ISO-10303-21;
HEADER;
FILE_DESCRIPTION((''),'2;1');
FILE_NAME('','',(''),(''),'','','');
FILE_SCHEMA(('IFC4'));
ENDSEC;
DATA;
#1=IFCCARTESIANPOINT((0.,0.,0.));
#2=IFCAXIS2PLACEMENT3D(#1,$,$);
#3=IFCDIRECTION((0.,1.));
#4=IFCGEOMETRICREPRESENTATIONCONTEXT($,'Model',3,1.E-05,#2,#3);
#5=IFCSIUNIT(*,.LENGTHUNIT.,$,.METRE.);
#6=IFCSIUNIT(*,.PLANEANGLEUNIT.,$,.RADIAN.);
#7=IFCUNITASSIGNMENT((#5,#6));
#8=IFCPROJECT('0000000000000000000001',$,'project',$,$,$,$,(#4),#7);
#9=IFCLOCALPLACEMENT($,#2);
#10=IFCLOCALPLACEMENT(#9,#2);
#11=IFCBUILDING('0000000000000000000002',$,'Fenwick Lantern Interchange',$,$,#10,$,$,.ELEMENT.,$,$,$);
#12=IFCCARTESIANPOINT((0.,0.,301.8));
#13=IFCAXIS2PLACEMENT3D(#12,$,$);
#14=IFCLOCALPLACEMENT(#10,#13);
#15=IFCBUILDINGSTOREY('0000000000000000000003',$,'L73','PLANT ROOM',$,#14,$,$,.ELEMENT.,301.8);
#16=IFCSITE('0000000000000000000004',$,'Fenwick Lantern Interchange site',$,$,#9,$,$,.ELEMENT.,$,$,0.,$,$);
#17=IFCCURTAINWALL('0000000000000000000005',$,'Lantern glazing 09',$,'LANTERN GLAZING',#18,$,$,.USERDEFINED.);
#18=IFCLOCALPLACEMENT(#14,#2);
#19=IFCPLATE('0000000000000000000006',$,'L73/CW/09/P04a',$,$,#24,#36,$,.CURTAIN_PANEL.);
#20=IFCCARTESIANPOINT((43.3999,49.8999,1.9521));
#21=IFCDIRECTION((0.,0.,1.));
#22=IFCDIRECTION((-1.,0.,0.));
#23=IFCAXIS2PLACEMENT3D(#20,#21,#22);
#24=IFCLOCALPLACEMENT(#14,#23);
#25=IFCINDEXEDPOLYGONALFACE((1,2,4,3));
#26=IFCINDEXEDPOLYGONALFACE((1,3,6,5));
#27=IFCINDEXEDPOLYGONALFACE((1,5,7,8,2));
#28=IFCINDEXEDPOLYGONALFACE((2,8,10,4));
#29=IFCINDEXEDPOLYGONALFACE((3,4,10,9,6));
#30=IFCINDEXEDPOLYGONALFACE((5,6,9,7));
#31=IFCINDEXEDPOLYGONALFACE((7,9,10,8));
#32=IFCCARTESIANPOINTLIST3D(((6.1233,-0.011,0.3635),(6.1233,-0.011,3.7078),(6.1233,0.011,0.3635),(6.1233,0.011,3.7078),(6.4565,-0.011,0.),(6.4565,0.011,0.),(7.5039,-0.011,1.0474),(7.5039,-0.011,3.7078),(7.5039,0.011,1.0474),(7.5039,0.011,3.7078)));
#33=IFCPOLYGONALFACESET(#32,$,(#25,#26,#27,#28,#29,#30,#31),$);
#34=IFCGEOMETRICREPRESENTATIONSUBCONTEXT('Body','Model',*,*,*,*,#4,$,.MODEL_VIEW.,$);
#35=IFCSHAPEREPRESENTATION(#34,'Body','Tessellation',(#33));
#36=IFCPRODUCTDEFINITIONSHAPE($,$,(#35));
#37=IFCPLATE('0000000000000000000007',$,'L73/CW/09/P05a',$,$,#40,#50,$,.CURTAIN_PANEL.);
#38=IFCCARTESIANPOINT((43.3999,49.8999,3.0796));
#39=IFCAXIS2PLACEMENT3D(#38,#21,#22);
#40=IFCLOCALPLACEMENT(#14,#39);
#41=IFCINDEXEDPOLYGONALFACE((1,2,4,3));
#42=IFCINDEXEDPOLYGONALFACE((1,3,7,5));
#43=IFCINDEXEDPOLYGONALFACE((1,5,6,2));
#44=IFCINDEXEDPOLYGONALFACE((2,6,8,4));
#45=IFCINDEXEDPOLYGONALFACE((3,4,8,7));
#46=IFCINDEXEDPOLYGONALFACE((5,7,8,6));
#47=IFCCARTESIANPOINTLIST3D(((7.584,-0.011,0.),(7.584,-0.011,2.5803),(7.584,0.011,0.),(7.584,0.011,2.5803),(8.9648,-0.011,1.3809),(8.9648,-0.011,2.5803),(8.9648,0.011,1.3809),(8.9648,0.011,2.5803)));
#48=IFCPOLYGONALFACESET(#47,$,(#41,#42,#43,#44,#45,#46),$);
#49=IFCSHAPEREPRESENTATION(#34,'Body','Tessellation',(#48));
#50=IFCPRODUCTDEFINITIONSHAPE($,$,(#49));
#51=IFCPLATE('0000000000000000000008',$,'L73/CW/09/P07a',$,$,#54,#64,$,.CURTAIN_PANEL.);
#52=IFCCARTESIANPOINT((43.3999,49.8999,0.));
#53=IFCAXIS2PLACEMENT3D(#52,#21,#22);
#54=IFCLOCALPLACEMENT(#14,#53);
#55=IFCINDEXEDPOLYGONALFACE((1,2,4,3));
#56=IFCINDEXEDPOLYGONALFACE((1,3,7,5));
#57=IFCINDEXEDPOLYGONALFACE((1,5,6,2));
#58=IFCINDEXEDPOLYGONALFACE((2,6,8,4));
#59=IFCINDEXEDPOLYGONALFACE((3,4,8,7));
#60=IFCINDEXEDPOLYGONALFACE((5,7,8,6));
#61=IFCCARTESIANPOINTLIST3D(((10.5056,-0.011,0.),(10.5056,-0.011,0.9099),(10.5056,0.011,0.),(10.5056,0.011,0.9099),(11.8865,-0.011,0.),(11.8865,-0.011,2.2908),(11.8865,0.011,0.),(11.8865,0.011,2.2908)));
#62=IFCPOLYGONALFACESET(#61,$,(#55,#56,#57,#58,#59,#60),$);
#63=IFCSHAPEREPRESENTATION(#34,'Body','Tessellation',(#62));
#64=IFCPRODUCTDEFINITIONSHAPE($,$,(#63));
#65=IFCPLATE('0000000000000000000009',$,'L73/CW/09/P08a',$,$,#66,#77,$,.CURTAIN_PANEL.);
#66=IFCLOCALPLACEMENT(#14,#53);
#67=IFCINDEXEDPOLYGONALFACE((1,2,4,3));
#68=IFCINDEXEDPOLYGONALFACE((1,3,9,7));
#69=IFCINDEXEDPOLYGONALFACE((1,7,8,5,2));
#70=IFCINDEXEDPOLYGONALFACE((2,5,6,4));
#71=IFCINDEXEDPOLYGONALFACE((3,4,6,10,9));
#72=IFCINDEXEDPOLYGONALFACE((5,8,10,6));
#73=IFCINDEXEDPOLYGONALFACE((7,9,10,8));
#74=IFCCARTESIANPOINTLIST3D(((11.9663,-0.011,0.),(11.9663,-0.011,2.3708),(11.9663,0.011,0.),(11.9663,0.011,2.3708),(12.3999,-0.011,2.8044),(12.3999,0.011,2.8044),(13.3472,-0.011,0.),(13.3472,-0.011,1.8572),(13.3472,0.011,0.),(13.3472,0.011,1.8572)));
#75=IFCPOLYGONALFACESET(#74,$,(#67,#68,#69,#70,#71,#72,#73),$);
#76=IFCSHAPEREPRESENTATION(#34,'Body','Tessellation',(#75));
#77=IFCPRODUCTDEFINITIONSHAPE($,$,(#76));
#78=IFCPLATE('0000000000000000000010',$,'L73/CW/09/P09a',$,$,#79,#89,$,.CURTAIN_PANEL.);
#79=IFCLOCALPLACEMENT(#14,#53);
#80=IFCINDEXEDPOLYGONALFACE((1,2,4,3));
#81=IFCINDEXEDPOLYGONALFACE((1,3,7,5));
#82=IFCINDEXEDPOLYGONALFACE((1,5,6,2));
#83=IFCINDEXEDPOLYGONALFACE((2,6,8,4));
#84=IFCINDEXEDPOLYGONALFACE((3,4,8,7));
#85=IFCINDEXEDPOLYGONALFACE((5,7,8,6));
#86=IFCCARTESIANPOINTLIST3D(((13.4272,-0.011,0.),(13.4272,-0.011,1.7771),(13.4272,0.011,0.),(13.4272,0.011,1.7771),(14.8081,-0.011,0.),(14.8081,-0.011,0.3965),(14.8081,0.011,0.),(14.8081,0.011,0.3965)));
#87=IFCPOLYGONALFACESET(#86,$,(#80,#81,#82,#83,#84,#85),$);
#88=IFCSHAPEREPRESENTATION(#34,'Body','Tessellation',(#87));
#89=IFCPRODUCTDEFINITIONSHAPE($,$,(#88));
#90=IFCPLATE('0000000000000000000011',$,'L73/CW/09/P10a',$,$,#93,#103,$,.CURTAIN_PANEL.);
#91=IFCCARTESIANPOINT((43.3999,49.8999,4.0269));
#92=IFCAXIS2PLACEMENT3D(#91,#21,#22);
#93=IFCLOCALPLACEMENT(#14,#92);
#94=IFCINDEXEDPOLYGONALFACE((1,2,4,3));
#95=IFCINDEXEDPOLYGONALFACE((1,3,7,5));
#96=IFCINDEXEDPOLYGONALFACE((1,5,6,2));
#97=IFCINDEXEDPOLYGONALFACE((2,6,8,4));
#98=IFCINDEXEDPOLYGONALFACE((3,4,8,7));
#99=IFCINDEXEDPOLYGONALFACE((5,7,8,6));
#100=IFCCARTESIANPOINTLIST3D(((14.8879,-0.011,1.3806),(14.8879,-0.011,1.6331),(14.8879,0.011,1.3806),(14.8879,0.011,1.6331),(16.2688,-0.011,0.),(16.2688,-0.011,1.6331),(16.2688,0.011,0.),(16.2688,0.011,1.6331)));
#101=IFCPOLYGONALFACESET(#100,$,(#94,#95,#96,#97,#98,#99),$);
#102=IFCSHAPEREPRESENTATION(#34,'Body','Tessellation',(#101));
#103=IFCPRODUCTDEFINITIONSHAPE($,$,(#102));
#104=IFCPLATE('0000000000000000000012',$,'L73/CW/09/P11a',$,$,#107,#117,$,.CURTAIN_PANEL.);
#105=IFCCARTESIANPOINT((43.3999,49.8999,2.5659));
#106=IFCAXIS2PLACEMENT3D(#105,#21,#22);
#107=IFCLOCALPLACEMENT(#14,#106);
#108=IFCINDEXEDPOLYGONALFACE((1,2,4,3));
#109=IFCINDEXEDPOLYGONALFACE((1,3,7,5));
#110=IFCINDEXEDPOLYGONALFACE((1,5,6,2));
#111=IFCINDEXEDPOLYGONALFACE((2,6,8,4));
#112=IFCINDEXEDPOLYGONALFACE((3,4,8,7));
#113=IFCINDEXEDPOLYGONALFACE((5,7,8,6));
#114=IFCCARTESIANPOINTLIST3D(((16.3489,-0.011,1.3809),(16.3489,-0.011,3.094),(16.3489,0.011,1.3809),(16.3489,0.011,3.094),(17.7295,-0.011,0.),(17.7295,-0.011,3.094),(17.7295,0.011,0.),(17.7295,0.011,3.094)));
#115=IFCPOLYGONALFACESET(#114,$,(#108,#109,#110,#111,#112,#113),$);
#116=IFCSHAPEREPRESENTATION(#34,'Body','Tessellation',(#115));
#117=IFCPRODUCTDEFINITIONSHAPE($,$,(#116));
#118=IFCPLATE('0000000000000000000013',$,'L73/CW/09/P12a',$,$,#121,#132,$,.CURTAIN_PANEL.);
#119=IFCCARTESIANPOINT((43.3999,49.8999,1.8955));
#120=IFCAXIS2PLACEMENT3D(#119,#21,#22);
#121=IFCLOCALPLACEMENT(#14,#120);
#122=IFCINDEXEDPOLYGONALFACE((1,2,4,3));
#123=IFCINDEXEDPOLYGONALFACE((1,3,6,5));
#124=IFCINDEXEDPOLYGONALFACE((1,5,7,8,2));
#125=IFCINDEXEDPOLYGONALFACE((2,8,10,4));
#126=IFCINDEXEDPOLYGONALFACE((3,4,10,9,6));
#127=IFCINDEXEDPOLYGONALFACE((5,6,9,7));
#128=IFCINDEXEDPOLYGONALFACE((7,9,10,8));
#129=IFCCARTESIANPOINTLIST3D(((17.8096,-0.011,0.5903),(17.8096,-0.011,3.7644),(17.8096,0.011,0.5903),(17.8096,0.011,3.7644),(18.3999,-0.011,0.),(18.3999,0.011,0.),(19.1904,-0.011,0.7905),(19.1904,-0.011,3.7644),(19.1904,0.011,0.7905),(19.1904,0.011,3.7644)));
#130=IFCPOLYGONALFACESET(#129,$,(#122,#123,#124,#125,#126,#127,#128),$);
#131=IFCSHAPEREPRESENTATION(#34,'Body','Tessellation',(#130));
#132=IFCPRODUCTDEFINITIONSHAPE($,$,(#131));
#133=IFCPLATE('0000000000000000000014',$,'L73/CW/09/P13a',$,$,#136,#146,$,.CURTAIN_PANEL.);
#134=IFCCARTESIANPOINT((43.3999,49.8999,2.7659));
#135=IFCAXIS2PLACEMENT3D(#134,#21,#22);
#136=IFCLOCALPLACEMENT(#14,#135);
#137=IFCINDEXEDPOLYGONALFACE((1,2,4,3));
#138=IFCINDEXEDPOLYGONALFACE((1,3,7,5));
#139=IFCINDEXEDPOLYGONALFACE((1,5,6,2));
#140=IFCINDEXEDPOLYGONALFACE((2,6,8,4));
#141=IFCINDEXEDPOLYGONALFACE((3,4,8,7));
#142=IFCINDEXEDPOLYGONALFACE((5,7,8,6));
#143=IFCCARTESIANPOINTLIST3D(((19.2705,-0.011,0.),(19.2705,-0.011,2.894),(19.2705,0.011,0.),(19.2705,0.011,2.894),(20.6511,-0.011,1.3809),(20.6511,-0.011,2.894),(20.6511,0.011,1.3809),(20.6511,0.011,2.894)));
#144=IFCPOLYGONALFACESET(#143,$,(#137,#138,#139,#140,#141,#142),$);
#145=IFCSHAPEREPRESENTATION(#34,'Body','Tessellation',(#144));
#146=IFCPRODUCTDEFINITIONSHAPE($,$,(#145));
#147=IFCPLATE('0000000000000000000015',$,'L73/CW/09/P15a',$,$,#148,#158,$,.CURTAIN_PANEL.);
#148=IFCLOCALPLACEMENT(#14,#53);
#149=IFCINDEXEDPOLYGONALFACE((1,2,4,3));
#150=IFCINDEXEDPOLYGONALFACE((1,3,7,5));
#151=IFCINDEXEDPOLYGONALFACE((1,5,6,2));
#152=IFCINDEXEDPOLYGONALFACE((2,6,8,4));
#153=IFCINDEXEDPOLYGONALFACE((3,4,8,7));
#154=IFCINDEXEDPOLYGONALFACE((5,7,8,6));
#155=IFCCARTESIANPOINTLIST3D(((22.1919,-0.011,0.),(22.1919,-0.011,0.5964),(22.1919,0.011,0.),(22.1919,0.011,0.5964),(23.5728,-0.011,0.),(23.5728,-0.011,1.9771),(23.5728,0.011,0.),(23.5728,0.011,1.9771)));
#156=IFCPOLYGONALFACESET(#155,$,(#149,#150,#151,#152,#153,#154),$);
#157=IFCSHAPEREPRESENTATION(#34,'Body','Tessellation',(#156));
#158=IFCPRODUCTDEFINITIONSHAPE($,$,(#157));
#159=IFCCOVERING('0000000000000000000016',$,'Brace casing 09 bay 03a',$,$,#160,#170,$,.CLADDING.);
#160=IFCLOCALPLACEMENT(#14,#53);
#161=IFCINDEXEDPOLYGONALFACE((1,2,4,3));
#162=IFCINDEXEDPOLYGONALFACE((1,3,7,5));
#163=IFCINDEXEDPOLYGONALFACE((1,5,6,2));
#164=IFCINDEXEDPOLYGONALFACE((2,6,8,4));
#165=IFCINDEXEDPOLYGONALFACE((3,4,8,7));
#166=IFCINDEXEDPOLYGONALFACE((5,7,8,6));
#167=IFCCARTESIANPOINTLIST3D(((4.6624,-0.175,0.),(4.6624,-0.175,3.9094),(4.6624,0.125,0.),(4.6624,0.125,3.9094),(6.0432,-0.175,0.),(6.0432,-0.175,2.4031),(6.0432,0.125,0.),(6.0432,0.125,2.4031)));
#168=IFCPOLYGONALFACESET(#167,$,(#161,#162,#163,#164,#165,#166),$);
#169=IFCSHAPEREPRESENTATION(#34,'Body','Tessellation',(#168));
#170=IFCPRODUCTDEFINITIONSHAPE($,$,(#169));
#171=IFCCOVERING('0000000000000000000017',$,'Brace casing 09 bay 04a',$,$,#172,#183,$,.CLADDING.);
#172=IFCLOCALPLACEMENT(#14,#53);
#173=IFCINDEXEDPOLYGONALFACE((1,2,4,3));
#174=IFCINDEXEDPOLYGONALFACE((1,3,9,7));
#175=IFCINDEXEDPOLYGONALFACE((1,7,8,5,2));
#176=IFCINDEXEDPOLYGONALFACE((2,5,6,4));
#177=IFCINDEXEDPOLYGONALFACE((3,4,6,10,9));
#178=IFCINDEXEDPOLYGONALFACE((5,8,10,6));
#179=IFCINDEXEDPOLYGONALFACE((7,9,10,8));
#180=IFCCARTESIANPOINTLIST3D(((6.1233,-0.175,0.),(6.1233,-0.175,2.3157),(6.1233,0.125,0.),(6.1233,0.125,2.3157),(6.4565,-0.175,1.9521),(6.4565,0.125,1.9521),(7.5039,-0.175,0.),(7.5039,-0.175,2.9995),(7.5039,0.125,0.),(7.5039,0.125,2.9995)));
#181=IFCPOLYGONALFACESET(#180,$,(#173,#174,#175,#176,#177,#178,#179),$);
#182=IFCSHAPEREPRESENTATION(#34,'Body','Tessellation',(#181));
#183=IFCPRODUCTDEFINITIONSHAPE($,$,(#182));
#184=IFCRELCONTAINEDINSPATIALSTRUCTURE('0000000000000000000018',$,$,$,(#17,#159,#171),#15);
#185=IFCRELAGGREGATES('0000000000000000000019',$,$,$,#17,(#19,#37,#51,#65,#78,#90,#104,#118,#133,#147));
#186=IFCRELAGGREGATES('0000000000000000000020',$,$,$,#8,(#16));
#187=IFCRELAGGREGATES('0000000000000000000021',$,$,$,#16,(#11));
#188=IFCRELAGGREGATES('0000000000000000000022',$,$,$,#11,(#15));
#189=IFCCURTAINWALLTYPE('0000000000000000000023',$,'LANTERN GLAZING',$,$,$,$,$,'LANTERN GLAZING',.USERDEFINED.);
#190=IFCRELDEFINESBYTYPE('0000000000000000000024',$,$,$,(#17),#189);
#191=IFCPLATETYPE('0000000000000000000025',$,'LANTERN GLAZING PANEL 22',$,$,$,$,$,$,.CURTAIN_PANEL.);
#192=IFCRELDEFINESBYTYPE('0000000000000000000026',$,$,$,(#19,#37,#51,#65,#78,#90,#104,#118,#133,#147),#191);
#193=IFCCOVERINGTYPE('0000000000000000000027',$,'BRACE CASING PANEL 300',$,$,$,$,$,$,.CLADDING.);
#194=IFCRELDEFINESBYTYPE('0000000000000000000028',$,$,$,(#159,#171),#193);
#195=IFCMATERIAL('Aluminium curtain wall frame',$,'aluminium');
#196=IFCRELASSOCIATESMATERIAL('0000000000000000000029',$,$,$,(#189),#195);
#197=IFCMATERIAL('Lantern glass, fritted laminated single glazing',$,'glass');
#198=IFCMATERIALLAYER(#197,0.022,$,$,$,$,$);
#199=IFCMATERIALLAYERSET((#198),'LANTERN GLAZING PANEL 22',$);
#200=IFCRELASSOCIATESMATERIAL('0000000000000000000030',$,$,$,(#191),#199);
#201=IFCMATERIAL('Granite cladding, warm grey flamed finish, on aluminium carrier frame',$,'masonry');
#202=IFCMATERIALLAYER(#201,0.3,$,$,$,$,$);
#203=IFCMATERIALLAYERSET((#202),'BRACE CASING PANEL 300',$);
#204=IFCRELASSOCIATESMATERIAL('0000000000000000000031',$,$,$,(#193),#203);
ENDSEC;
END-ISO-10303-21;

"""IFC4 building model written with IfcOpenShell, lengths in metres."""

from ifc_helpers import new_model, si_unit, direction, frame, origin, place, context, subcontext, project, spatial, polyline, outline, extrude, material, layer, layer_set, type_object, element, aggregate, save


model = new_model("IFC4")

# Units and contexts
model_context = context("Model", 3, precision=1e-05, world=origin(), true_north=direction((0.0, 1.0)))
body_context = subcontext(model_context, "Body", "Model", "MODEL_VIEW")
ifc_project = project(units=[si_unit("LENGTHUNIT", "METRE"), si_unit("PLANEANGLEUNIT", "RADIAN")], contexts=[model_context])

# Site, building, storey
site_placement = place(None, origin())
site = spatial("IfcSite", under=ifc_project, at=site_placement, Name="Fenwick Lantern Interchange site", CompositionType="ELEMENT", RefElevation=0.0)
building_placement = place(site_placement, origin())
building = spatial("IfcBuilding", under=site, at=building_placement, Name="Fenwick Lantern Interchange", CompositionType="ELEMENT")
storey_placement = place(building_placement, frame((0.0, 0.0, 301.8)))
storey = spatial("IfcBuildingStorey", under=building, at=storey_placement, Name="L73", Description="PLANT ROOM", CompositionType="ELEMENT", Elevation=301.8)

# Curtain wall, plates
ifc_material_1 = material(Name="Aluminium curtain wall frame", Category="aluminium")
curtain_wall_type = type_object("IfcCurtainWallType", Name="LANTERN GLAZING", ElementType="LANTERN GLAZING", PredefinedType="USERDEFINED", material=ifc_material_1)
curtain_wall_placement = place(storey_placement, origin())
curtain_wall = element("IfcCurtainWall", 1, at=curtain_wall_placement, inside=storey, type_object=curtain_wall_type, Name="Lantern glazing 09", ObjectType="LANTERN GLAZING", PredefinedType="USERDEFINED")
ifc_material_2 = material(Name="Lantern glass, fritted laminated single glazing", Category="glass")
ifc_layer_1 = layer(ifc_material_2, 0.022)
ifc_layer_set_1 = layer_set([ifc_layer_1], Name="LANTERN GLAZING PANEL 22")
plate_type = type_object("IfcPlateType", Name="LANTERN GLAZING PANEL 22", PredefinedType="CURTAIN_PANEL", material=ifc_layer_set_1)
plate_1_placement = place(storey_placement, frame((43.3999, 49.8999, 1.9521), z_axis=(0.0, 0.0, 1.0), x_axis=(-1.0, 0.0, 0.0)))
plate_1 = element("IfcPlate", 2, at=plate_1_placement, type_object=plate_type, Name="L73/CW/09/P04a", PredefinedType="CURTAIN_PANEL", context=body_context, shape_type="SweptSolid", body=[
    extrude(outline(polyline([(6.4565, 0.0), (7.5039, 1.0474), (7.5039, 3.7078), (6.1233, 3.7078), (6.1233, 0.3635), (6.4565, 0.0)])), frame((0.0, 0.011, 0.0), z_axis=(0.0, -1.0, 0.0), x_axis=(1.0, 0.0, 0.0)), (0.0, 0.0, 1.0), 0.022),
])
plate_2_placement = place(storey_placement, frame((43.3999, 49.8999, 3.0796), z_axis=(0.0, 0.0, 1.0), x_axis=(-1.0, 0.0, 0.0)))
plate_2 = element("IfcPlate", 3, at=plate_2_placement, type_object=plate_type, Name="L73/CW/09/P05a", PredefinedType="CURTAIN_PANEL", context=body_context, shape_type="SweptSolid", body=[
    extrude(outline(polyline([(7.584, 0.0), (8.9648, 1.3809), (8.9648, 2.5803), (7.584, 2.5803), (7.584, 0.0)])), frame((0.0, 0.011, 0.0), z_axis=(0.0, -1.0, 0.0), x_axis=(1.0, 0.0, 0.0)), (0.0, 0.0, 1.0), 0.022),
])
plate_3_placement = place(storey_placement, frame((43.3999, 49.8999, 0.0), z_axis=(0.0, 0.0, 1.0), x_axis=(-1.0, 0.0, 0.0)))
plate_3 = element("IfcPlate", 4, at=plate_3_placement, type_object=plate_type, Name="L73/CW/09/P07a", PredefinedType="CURTAIN_PANEL", context=body_context, shape_type="SweptSolid", body=[
    extrude(outline(polyline([(10.5056, 0.0), (11.8865, 0.0), (11.8865, 2.2908), (10.5056, 0.9099), (10.5056, 0.0)])), frame((0.0, 0.011, 0.0), z_axis=(0.0, -1.0, 0.0), x_axis=(1.0, 0.0, 0.0)), (0.0, 0.0, 1.0), 0.022),
])
plate_4_placement = place(storey_placement, frame((43.3999, 49.8999, 0.0), z_axis=(0.0, 0.0, 1.0), x_axis=(-1.0, 0.0, 0.0)))
plate_4 = element("IfcPlate", 5, at=plate_4_placement, type_object=plate_type, Name="L73/CW/09/P08a", PredefinedType="CURTAIN_PANEL", context=body_context, shape_type="SweptSolid", body=[
    extrude(outline(polyline([(11.9663, 0.0), (13.3472, 0.0), (13.3472, 1.8572), (12.3999, 2.8044), (11.9663, 2.3708), (11.9663, 0.0)])), frame((0.0, 0.011, 0.0), z_axis=(0.0, -1.0, 0.0), x_axis=(1.0, 0.0, 0.0)), (0.0, 0.0, 1.0), 0.022),
])
plate_5_placement = place(storey_placement, frame((43.3999, 49.8999, 0.0), z_axis=(0.0, 0.0, 1.0), x_axis=(-1.0, 0.0, 0.0)))
plate_5 = element("IfcPlate", 6, at=plate_5_placement, type_object=plate_type, Name="L73/CW/09/P09a", PredefinedType="CURTAIN_PANEL", context=body_context, shape_type="SweptSolid", body=[
    extrude(outline(polyline([(13.4272, 0.0), (14.8081, 0.0), (14.8081, 0.3965), (13.4272, 1.7771), (13.4272, 0.0)])), frame((0.0, 0.011, 0.0), z_axis=(0.0, -1.0, 0.0), x_axis=(1.0, 0.0, 0.0)), (0.0, 0.0, 1.0), 0.022),
])
plate_6_placement = place(storey_placement, frame((43.3999, 49.8999, 4.0269), z_axis=(0.0, 0.0, 1.0), x_axis=(-1.0, 0.0, 0.0)))
plate_6 = element("IfcPlate", 7, at=plate_6_placement, type_object=plate_type, Name="L73/CW/09/P10a", PredefinedType="CURTAIN_PANEL", context=body_context, shape_type="SweptSolid", body=[
    extrude(outline(polyline([(16.2688, 0.0), (16.2688, 1.6331), (14.8879, 1.6331), (14.8879, 1.3806), (16.2688, 0.0)])), frame((0.0, 0.011, 0.0), z_axis=(0.0, -1.0, 0.0), x_axis=(1.0, 0.0, 0.0)), (0.0, 0.0, 1.0), 0.022),
])
plate_7_placement = place(storey_placement, frame((43.3999, 49.8999, 2.5659), z_axis=(0.0, 0.0, 1.0), x_axis=(-1.0, 0.0, 0.0)))
plate_7 = element("IfcPlate", 8, at=plate_7_placement, type_object=plate_type, Name="L73/CW/09/P11a", PredefinedType="CURTAIN_PANEL", context=body_context, shape_type="SweptSolid", body=[
    extrude(outline(polyline([(17.7295, 0.0), (17.7295, 3.094), (16.3489, 3.094), (16.3489, 1.3809), (17.7295, 0.0)])), frame((0.0, 0.011, 0.0), z_axis=(0.0, -1.0, 0.0), x_axis=(1.0, 0.0, 0.0)), (0.0, 0.0, 1.0), 0.022),
])
plate_8_placement = place(storey_placement, frame((43.3999, 49.8999, 1.8955), z_axis=(0.0, 0.0, 1.0), x_axis=(-1.0, 0.0, 0.0)))
plate_8 = element("IfcPlate", 9, at=plate_8_placement, type_object=plate_type, Name="L73/CW/09/P12a", PredefinedType="CURTAIN_PANEL", context=body_context, shape_type="SweptSolid", body=[
    extrude(outline(polyline([(18.3999, 0.0), (19.1904, 0.7905), (19.1904, 3.7644), (17.8096, 3.7644), (17.8096, 0.5903), (18.3999, 0.0)])), frame((0.0, 0.011, 0.0), z_axis=(0.0, -1.0, 0.0), x_axis=(1.0, 0.0, 0.0)), (0.0, 0.0, 1.0), 0.022),
])
plate_9_placement = place(storey_placement, frame((43.3999, 49.8999, 2.7659), z_axis=(0.0, 0.0, 1.0), x_axis=(-1.0, 0.0, 0.0)))
plate_9 = element("IfcPlate", 10, at=plate_9_placement, type_object=plate_type, Name="L73/CW/09/P13a", PredefinedType="CURTAIN_PANEL", context=body_context, shape_type="SweptSolid", body=[
    extrude(outline(polyline([(19.2705, 0.0), (20.6511, 1.3809), (20.6511, 2.894), (19.2705, 2.894), (19.2705, 0.0)])), frame((0.0, 0.011, 0.0), z_axis=(0.0, -1.0, 0.0), x_axis=(1.0, 0.0, 0.0)), (0.0, 0.0, 1.0), 0.022),
])
plate_10_placement = place(storey_placement, frame((43.3999, 49.8999, 0.0), z_axis=(0.0, 0.0, 1.0), x_axis=(-1.0, 0.0, 0.0)))
plate_10 = element("IfcPlate", 11, at=plate_10_placement, type_object=plate_type, Name="L73/CW/09/P15a", PredefinedType="CURTAIN_PANEL", context=body_context, shape_type="SweptSolid", body=[
    extrude(outline(polyline([(22.1919, 0.0), (23.5728, 0.0), (23.5728, 1.9771), (22.1919, 0.5964), (22.1919, 0.0)])), frame((0.0, 0.011, 0.0), z_axis=(0.0, -1.0, 0.0), x_axis=(1.0, 0.0, 0.0)), (0.0, 0.0, 1.0), 0.022),
])
aggregate(curtain_wall, [plate_1, plate_2, plate_3, plate_4, plate_5, plate_6, plate_7, plate_8, plate_9, plate_10])

# Coverings
ifc_material_3 = material(Name="Granite cladding, warm grey flamed finish, on aluminium carrier frame", Category="masonry")
ifc_layer_2 = layer(ifc_material_3, 0.3)
ifc_layer_set_2 = layer_set([ifc_layer_2], Name="BRACE CASING PANEL 300")
covering_type = type_object("IfcCoveringType", Name="BRACE CASING PANEL 300", PredefinedType="CLADDING", material=ifc_layer_set_2)
covering_1_placement = place(storey_placement, frame((43.3999, 49.8999, 0.0), z_axis=(0.0, 0.0, 1.0), x_axis=(-1.0, 0.0, 0.0)))
element("IfcCovering", 12, at=covering_1_placement, inside=storey, type_object=covering_type, Name="Brace casing 09 bay 03a", PredefinedType="CLADDING", context=body_context, shape_type="SweptSolid", body=[
    extrude(outline(polyline([(4.6624, 0.0), (6.0432, 0.0), (6.0432, 2.4031), (4.6624, 3.9094), (4.6624, 0.0)])), frame((0.0, 0.125, 0.0), z_axis=(0.0, -1.0, 0.0), x_axis=(1.0, 0.0, 0.0)), (0.0, 0.0, 1.0), 0.3),
])
covering_2_placement = place(storey_placement, frame((43.3999, 49.8999, 0.0), z_axis=(0.0, 0.0, 1.0), x_axis=(-1.0, 0.0, 0.0)))
element("IfcCovering", 13, at=covering_2_placement, inside=storey, type_object=covering_type, Name="Brace casing 09 bay 04a", PredefinedType="CLADDING", context=body_context, shape_type="SweptSolid", body=[
    extrude(outline(polyline([(6.1233, 0.0), (7.5039, 0.0), (7.5039, 2.9995), (6.4565, 1.9521), (6.1233, 2.3157), (6.1233, 0.0)])), frame((0.0, 0.125, 0.0), z_axis=(0.0, -1.0, 0.0), x_axis=(1.0, 0.0, 0.0)), (0.0, 0.0, 1.0), 0.3),
])

save(model, "model.ifc")
